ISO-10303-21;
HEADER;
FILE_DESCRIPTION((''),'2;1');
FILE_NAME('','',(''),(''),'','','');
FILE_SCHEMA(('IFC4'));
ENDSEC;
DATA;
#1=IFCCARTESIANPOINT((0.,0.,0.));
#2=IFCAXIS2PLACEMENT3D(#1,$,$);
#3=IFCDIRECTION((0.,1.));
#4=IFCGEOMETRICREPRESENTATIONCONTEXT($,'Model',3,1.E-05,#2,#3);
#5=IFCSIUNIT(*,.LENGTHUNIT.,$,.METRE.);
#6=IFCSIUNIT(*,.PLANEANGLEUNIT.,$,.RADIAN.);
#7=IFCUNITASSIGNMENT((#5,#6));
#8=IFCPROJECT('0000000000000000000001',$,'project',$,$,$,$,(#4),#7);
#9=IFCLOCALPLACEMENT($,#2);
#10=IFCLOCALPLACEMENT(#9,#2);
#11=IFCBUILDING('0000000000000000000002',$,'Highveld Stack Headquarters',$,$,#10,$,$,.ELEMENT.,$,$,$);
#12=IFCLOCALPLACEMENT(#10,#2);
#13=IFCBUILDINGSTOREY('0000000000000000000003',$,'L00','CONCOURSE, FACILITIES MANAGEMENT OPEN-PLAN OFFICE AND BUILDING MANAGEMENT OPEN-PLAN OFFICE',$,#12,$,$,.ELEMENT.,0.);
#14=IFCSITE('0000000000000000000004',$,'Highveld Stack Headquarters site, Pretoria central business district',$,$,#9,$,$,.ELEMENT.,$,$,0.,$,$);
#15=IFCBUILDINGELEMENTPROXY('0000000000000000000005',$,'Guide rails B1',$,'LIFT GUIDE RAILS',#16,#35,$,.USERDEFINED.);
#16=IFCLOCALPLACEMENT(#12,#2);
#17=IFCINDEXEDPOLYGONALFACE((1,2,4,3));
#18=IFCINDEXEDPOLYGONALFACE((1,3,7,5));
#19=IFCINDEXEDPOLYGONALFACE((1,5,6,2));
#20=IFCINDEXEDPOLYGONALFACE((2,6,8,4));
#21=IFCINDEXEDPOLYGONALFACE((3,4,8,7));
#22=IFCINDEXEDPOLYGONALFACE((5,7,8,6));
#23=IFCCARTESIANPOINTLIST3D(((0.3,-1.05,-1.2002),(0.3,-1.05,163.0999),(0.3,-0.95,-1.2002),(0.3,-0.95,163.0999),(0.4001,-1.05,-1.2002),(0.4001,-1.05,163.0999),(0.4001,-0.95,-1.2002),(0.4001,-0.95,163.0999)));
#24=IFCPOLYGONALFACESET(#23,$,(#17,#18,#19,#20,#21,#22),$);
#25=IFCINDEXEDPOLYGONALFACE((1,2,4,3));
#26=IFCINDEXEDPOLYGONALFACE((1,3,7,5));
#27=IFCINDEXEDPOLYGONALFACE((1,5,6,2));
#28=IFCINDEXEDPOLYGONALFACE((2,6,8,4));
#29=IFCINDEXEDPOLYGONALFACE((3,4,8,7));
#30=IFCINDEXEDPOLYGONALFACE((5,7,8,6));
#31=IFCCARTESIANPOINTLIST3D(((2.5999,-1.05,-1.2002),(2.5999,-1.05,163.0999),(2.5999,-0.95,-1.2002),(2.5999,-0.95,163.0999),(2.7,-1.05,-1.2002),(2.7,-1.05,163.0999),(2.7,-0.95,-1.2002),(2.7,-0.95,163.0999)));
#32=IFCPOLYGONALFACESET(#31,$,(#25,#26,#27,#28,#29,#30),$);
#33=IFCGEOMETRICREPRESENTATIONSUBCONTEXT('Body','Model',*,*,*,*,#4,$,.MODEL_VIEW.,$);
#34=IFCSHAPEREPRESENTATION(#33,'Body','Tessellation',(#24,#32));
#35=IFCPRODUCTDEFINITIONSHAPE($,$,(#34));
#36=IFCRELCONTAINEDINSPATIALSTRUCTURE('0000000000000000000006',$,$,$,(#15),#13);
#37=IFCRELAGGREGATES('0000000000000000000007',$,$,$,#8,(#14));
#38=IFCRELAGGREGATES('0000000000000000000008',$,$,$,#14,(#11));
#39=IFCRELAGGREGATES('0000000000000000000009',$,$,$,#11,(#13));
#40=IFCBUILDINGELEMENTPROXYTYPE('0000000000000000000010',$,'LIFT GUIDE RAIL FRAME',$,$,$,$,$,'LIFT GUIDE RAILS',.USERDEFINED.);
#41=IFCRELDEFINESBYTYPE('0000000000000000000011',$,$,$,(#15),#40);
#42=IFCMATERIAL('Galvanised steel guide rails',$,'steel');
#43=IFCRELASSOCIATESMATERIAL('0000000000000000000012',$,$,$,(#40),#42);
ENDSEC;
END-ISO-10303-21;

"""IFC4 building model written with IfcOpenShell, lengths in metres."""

from ifc_helpers import new_model, si_unit, direction, frame, origin, origin_2d, place, context, subcontext, project, spatial, rectangle, extrude, material, type_object, element, save


model = new_model("IFC4")

# Units and contexts
model_context = context("Model", 3, precision=1e-05, world=origin(), true_north=direction((0.0, 1.0)))
body_context = subcontext(model_context, "Body", "Model", "MODEL_VIEW")
ifc_project = project(units=[si_unit("LENGTHUNIT", "METRE"), si_unit("PLANEANGLEUNIT", "RADIAN")], contexts=[model_context])

# Site, building, storey
site_placement = place(None, origin())
site = spatial("IfcSite", under=ifc_project, at=site_placement, Name="Highveld Stack Headquarters site, Pretoria central business district", CompositionType="ELEMENT", RefElevation=0.0)
building_placement = place(site_placement, origin())
building = spatial("IfcBuilding", under=site, at=building_placement, Name="Highveld Stack Headquarters", CompositionType="ELEMENT")
storey_placement = place(building_placement, origin())
storey = spatial("IfcBuildingStorey", under=building, at=storey_placement, Name="L00", Description="CONCOURSE, FACILITIES MANAGEMENT OPEN-PLAN OFFICE AND BUILDING MANAGEMENT OPEN-PLAN OFFICE", CompositionType="ELEMENT", Elevation=0.0)

# Building element proxy
ifc_material_1 = material(Name="Galvanised steel guide rails", Category="steel")
building_element_proxy_type = type_object("IfcBuildingElementProxyType", Name="LIFT GUIDE RAIL FRAME", ElementType="LIFT GUIDE RAILS", PredefinedType="USERDEFINED", material=ifc_material_1)
proxy_placement = place(storey_placement, frame((0.3501, -1.0, -1.2002), z_axis=(0.0, 0.0, 1.0), x_axis=(1.0, 0.0, 0.0)))
element("IfcBuildingElementProxy", 1, at=proxy_placement, inside=storey, type_object=building_element_proxy_type, Name="Guide rails B1", ObjectType="LIFT GUIDE RAILS", PredefinedType="USERDEFINED", context=body_context, shape_type="SweptSolid", body=[
    extrude(rectangle(XDim=0.1001, YDim=0.1001, at=origin_2d()), origin(), (0.0, 0.0, 1.0), 164.3),
    extrude(rectangle(XDim=0.1001, YDim=0.1001, at=origin_2d()), frame((2.2998, 0.0, 0.0)), (0.0, 0.0, 1.0), 164.3),
])

save(model, "model.ifc")
